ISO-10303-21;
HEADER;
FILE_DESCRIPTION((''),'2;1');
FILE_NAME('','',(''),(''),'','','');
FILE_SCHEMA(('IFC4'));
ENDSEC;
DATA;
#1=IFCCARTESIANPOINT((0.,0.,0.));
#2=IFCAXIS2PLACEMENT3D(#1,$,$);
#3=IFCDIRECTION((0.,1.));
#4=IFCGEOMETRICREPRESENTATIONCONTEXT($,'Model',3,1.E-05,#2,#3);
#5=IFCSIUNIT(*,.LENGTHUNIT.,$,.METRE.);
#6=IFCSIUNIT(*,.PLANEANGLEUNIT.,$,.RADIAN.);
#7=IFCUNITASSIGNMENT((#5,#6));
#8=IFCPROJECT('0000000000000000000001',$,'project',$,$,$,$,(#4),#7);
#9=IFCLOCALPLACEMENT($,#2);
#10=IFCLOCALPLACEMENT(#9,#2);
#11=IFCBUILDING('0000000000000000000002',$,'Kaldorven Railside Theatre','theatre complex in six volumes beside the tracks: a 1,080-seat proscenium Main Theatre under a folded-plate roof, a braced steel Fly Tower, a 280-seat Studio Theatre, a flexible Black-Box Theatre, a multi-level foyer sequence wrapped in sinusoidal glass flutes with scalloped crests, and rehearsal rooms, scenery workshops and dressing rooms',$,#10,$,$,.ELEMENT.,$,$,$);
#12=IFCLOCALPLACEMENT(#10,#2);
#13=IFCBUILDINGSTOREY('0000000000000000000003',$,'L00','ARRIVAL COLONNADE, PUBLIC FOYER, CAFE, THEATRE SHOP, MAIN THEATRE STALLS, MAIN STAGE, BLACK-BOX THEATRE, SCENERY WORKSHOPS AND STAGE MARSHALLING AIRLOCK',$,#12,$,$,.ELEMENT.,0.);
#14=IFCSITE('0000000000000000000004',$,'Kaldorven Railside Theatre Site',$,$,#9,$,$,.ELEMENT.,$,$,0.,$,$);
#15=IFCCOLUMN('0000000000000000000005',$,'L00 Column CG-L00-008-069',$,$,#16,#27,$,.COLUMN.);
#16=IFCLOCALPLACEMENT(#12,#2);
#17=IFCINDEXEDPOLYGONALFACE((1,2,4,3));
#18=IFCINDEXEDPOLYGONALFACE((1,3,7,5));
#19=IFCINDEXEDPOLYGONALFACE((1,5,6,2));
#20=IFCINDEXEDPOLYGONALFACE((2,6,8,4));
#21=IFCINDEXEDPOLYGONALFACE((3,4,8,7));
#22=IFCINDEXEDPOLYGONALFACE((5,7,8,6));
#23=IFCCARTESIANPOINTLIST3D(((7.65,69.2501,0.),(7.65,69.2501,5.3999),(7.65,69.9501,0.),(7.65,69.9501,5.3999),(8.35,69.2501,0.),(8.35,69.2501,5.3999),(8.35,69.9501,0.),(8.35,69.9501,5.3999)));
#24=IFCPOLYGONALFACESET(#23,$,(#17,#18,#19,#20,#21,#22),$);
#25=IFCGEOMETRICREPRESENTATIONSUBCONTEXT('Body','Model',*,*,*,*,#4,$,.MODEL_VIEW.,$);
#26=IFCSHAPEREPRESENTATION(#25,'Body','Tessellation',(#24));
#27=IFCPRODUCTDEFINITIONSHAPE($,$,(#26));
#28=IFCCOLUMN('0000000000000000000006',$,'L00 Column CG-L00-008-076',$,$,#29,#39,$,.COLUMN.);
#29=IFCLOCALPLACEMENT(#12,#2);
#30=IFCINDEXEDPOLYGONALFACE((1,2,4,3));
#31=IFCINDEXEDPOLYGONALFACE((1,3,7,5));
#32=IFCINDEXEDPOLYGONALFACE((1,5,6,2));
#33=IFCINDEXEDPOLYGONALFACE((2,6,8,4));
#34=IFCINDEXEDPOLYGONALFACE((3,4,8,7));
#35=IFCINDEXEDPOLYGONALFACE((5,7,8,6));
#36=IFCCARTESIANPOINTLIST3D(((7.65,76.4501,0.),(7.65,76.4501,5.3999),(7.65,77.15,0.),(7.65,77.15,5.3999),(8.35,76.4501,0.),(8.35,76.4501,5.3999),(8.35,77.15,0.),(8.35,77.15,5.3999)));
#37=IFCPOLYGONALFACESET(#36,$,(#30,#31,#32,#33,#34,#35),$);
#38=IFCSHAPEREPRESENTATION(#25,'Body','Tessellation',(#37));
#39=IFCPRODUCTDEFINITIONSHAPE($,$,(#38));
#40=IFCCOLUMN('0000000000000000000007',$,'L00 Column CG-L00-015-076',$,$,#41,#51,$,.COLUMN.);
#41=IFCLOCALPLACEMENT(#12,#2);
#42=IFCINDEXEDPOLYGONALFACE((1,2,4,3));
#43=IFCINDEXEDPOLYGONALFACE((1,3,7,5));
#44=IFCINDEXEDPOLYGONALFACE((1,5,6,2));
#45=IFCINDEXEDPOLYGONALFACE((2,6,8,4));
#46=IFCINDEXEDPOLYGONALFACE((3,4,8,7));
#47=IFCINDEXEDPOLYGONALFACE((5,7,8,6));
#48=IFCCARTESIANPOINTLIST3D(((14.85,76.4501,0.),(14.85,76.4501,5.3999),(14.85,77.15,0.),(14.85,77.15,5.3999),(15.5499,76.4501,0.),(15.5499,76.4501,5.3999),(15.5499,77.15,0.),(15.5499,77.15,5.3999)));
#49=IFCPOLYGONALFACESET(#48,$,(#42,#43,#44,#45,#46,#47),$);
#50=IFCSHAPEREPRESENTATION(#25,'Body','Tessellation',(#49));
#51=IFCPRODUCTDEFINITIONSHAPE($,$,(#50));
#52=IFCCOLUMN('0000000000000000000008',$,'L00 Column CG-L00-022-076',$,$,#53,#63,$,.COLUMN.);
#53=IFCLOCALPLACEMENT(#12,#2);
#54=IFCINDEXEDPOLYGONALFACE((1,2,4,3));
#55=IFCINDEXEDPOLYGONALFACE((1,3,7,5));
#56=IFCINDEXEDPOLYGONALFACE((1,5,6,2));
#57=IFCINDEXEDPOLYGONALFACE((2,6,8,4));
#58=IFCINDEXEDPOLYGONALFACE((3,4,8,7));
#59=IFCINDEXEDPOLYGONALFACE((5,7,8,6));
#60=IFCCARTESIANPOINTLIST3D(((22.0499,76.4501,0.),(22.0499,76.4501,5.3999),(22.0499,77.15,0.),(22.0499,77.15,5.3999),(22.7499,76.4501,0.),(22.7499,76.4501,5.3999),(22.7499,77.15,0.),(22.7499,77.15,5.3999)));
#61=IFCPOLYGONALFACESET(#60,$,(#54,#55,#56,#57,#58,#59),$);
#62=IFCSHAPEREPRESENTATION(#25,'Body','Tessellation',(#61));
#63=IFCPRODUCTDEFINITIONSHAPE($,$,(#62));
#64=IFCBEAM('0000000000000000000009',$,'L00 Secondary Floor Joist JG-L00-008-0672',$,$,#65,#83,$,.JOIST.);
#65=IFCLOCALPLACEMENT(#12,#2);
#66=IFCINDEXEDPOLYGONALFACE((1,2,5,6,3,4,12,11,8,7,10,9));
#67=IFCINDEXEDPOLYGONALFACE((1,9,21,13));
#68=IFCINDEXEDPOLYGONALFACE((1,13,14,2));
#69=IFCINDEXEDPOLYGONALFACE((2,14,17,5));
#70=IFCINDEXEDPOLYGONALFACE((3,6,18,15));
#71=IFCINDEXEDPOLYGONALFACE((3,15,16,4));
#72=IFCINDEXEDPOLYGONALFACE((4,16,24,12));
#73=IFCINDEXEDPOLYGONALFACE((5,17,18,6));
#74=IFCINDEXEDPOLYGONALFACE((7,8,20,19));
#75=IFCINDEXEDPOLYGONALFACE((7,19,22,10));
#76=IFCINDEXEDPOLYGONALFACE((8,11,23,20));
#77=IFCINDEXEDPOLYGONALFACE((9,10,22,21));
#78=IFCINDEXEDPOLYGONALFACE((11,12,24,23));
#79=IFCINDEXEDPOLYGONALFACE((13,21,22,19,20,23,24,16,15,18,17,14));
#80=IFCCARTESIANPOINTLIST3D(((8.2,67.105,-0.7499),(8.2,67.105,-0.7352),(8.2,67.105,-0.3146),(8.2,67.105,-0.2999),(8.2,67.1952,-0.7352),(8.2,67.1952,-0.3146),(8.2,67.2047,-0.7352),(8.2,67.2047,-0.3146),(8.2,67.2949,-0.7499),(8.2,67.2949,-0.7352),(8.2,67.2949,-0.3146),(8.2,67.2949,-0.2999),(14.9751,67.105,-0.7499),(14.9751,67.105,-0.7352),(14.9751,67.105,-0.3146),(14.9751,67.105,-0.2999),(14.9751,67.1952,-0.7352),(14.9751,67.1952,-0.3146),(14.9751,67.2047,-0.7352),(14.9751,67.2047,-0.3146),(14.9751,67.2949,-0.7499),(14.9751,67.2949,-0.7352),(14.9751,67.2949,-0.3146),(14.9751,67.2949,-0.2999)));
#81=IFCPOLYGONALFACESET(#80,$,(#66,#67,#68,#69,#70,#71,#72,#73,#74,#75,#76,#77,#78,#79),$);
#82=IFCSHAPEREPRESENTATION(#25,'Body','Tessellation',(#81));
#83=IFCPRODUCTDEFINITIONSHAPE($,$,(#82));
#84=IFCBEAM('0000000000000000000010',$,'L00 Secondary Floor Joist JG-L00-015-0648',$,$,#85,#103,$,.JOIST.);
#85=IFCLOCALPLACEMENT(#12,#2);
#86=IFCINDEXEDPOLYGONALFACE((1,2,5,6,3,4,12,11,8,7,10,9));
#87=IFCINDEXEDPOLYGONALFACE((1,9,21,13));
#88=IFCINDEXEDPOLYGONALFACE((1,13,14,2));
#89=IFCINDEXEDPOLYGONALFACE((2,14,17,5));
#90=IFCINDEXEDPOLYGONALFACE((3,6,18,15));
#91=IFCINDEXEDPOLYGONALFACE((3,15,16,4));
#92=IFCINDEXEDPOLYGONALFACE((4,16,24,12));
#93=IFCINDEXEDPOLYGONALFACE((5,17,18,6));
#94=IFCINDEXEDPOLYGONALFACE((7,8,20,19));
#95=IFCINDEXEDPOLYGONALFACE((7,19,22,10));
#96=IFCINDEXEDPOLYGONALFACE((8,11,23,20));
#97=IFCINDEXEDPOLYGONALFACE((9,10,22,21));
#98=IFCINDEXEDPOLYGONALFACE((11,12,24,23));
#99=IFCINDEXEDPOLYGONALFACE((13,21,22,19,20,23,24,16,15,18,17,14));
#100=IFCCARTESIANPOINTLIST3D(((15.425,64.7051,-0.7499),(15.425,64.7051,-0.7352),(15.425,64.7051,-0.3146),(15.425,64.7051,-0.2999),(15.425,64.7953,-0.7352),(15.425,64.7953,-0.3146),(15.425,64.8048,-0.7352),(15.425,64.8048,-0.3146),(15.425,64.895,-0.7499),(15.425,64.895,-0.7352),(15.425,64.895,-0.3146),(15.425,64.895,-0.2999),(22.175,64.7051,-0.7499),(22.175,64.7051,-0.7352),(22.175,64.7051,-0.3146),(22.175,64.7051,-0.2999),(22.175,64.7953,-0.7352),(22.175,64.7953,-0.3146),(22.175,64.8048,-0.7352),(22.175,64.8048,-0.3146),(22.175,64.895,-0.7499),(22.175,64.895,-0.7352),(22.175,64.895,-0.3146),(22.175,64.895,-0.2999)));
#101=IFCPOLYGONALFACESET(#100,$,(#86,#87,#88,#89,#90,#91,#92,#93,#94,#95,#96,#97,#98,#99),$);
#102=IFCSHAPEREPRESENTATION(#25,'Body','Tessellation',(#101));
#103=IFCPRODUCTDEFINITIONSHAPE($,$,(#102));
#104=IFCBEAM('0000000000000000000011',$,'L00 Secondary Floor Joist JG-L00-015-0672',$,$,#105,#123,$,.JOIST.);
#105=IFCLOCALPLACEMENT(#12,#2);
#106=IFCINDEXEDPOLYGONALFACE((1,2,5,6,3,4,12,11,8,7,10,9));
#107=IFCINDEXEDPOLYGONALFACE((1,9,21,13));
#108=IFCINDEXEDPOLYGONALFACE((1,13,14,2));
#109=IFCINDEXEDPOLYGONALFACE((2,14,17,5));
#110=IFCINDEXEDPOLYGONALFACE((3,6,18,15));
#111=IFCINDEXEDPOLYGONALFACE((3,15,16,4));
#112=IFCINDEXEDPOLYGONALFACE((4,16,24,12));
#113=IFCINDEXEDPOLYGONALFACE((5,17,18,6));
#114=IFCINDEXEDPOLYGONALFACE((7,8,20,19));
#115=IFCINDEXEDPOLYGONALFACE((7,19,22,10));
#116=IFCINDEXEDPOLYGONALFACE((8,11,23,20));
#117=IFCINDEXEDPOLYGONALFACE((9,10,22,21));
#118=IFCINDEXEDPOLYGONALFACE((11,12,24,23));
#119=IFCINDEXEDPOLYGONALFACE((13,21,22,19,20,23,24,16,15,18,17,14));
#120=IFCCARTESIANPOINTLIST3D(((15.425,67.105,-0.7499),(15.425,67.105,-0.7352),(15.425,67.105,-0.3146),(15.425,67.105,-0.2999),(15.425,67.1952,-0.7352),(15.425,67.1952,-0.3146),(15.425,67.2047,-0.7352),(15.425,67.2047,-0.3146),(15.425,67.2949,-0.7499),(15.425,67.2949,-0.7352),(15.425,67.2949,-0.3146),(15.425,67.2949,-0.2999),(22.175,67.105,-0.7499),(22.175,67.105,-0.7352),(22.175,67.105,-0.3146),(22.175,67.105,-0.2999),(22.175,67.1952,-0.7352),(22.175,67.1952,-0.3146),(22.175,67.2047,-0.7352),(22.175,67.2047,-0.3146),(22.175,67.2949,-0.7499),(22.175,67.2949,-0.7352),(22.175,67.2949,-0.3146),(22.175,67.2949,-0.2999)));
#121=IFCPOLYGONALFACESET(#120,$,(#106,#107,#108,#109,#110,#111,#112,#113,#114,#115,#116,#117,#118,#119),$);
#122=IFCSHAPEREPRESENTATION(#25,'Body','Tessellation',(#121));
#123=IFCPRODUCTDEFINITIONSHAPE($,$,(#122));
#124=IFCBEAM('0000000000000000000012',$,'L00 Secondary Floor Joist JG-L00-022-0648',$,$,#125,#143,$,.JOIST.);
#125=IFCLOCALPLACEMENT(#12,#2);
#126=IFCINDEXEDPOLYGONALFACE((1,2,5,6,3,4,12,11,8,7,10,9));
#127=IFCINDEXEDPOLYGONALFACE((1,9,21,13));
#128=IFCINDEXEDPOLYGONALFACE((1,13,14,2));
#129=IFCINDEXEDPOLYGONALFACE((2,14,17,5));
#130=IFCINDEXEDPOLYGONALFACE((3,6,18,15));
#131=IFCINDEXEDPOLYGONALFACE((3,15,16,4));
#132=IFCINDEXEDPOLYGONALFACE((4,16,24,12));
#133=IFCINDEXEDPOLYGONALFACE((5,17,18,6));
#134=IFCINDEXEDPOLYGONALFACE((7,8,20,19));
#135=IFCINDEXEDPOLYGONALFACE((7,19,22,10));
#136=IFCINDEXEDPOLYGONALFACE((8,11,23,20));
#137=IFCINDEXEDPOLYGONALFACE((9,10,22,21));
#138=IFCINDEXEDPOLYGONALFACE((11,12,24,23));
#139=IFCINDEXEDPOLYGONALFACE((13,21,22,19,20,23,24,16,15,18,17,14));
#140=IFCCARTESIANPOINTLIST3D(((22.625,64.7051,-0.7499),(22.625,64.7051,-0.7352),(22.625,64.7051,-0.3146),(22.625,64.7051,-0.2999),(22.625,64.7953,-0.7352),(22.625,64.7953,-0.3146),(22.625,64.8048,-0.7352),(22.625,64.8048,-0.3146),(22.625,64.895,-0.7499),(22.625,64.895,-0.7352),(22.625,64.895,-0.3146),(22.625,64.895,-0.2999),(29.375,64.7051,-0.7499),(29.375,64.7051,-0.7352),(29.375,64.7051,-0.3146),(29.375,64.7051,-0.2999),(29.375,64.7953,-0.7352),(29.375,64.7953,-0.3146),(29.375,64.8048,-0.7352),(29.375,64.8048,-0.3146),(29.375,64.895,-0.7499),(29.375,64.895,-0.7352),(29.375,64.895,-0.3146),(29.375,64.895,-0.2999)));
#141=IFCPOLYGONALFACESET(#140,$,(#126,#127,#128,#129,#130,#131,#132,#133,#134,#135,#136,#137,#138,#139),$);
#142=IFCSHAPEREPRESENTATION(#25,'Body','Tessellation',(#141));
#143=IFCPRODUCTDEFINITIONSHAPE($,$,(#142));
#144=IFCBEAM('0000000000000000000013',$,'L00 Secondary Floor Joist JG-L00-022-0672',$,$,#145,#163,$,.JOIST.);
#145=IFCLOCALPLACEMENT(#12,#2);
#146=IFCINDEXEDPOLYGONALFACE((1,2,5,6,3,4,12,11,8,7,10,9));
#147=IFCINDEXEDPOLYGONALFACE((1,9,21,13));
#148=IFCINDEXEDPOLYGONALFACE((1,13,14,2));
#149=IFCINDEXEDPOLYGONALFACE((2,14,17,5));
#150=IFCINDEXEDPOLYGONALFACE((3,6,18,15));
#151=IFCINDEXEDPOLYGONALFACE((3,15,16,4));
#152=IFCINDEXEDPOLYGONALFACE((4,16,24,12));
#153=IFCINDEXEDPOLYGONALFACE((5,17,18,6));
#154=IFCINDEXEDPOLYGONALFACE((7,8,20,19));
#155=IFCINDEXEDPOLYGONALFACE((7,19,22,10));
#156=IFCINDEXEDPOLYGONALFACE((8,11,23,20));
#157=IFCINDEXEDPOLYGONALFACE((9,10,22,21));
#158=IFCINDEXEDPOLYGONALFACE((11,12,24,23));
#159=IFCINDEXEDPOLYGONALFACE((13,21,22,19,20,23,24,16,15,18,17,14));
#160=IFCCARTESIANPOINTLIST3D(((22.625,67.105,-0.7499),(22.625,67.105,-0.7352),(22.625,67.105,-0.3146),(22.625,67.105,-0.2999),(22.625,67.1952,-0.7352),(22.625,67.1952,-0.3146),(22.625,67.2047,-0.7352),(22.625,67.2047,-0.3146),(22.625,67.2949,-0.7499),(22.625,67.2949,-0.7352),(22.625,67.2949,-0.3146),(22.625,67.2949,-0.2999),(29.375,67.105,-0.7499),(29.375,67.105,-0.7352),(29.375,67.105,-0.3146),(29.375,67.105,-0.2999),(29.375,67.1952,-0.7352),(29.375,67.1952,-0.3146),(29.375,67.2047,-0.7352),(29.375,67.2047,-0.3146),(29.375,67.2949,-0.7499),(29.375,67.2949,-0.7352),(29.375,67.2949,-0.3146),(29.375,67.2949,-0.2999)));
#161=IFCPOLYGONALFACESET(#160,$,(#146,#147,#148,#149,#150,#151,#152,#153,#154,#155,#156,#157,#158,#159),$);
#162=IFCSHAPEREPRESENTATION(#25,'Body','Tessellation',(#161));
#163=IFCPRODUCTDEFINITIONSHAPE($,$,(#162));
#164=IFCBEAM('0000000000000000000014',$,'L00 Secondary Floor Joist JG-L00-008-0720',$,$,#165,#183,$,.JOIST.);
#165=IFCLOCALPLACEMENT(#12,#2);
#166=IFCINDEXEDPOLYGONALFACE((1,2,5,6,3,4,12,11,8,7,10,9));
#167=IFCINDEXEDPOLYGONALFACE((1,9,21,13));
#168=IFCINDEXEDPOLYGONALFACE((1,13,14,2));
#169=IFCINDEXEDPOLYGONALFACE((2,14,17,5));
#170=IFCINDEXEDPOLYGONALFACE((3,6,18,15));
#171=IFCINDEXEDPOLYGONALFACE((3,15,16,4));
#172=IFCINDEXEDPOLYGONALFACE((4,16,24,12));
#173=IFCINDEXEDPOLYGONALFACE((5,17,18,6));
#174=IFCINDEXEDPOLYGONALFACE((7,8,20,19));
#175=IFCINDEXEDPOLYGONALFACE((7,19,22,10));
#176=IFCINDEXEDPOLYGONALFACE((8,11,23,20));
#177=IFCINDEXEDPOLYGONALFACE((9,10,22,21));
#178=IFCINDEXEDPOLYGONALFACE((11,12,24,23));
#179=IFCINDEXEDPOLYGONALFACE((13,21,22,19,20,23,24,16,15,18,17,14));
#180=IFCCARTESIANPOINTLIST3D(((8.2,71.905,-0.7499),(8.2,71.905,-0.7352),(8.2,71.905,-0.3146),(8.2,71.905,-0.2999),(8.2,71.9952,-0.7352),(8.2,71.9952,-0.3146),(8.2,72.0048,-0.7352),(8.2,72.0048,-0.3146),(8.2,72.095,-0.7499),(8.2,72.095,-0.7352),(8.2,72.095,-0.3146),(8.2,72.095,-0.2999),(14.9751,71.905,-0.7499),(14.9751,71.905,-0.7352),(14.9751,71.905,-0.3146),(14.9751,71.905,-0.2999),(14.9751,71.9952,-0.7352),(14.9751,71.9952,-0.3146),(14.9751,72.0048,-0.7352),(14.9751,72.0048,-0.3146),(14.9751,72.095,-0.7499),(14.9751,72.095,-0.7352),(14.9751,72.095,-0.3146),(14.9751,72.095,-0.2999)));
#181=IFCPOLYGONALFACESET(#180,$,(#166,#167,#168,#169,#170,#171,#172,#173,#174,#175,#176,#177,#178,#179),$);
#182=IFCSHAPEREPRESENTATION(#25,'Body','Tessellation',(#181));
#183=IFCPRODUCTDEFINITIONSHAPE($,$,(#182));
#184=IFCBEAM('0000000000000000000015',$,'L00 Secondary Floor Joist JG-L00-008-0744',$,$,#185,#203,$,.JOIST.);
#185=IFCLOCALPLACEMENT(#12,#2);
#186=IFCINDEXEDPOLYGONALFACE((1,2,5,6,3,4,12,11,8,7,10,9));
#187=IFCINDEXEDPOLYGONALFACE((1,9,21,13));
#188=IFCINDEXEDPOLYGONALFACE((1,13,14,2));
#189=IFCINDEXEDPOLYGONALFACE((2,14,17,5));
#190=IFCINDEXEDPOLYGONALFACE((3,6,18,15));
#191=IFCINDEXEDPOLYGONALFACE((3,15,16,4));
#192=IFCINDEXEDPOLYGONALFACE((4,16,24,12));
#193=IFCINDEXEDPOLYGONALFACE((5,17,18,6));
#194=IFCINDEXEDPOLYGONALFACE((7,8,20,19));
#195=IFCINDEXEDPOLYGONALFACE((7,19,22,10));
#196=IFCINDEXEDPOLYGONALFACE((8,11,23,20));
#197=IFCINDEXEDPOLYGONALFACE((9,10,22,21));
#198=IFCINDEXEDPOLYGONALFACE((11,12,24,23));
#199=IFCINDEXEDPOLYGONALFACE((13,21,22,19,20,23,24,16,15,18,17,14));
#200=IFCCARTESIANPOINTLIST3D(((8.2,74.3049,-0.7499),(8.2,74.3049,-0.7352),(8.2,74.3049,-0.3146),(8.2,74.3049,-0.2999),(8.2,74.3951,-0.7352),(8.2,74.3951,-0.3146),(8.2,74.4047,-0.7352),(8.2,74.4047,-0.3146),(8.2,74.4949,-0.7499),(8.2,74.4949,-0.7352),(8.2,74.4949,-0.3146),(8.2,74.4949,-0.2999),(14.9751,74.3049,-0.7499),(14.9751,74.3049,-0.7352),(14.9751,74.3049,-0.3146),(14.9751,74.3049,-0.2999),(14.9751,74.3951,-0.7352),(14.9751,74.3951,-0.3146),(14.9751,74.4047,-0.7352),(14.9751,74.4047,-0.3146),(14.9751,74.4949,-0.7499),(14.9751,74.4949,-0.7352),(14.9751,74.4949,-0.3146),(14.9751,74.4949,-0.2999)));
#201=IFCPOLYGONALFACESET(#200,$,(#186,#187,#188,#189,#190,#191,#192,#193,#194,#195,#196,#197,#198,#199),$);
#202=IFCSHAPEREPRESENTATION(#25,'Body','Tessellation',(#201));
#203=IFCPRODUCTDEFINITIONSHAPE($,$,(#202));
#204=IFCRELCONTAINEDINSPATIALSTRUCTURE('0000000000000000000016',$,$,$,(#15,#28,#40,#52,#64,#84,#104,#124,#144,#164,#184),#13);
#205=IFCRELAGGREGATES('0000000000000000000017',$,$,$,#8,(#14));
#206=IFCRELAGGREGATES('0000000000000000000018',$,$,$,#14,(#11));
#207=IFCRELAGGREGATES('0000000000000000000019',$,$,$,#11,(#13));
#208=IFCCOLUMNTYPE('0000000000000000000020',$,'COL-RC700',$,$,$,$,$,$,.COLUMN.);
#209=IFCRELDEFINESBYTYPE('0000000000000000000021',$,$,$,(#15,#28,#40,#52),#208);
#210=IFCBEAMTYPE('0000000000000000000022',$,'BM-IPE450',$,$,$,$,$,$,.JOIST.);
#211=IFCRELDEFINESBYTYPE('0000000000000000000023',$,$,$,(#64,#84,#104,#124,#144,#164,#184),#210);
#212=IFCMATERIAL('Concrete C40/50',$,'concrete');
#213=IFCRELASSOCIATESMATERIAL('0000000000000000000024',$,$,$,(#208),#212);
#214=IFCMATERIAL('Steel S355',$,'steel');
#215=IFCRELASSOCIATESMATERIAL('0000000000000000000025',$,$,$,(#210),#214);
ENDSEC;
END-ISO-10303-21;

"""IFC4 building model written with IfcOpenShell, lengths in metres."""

from ifc_helpers import new_model, si_unit, direction, frame, origin, origin_2d, place, context, subcontext, project, spatial, rectangle, i_section, extrude, material, material_profile, profile_set, type_object, element, save


model = new_model("IFC4")

# Units and contexts
model_context = context("Model", 3, precision=1e-05, world=origin(), true_north=direction((0.0, 1.0)))
body_context = subcontext(model_context, "Body", "Model", "MODEL_VIEW")
ifc_project = project(units=[si_unit("LENGTHUNIT", "METRE"), si_unit("PLANEANGLEUNIT", "RADIAN")], contexts=[model_context])

# Site, building, storey
site_placement = place(None, origin())
site = spatial("IfcSite", under=ifc_project, at=site_placement, Name="Kaldorven Railside Theatre Site", CompositionType="ELEMENT", RefElevation=0.0)
building_placement = place(site_placement, origin())
building = spatial("IfcBuilding", under=site, at=building_placement, Name="Kaldorven Railside Theatre", Description="theatre complex in six volumes beside the tracks: a 1,080-seat proscenium Main Theatre under a folded-plate roof, a braced steel Fly Tower, a 280-seat Studio Theatre, a flexible Black-Box Theatre, a multi-level foyer sequence wrapped in sinusoidal glass flutes with scalloped crests, and rehearsal rooms, scenery workshops and dressing rooms", CompositionType="ELEMENT")
storey_placement = place(building_placement, origin())
storey = spatial("IfcBuildingStorey", under=building, at=storey_placement, Name="L00", Description="ARRIVAL COLONNADE, PUBLIC FOYER, CAFE, THEATRE SHOP, MAIN THEATRE STALLS, MAIN STAGE, BLACK-BOX THEATRE, SCENERY WORKSHOPS AND STAGE MARSHALLING AIRLOCK", CompositionType="ELEMENT", Elevation=0.0)

# Columns
ifc_material_1 = material(Name="Concrete C40/50", Category="concrete")
ifc_material_profile_1 = material_profile(ifc_material_1, rectangle(XDim=0.7, YDim=0.7, at=origin_2d()), Name="RC 700x700")
ifc_profile_set_1 = profile_set([ifc_material_profile_1], Name="Concrete C40/50")
column_type = type_object("IfcColumnType", Name="COL-RC700", PredefinedType="COLUMN", material=ifc_profile_set_1)
for number, where, z_axis, x_axis, name in (
    (1, (8.0, 69.6001, 0.0), (0.0, 0.0, 1.0), (0.0, 1.0, 0.0), "L00 Column CG-L00-008-069"),
    (2, (8.0, 76.8, 0.0), (0.0, 0.0, 1.0), (1.0, 0.0, 0.0), "L00 Column CG-L00-008-076"),
    (3, (15.2, 76.8, 0.0), (0.0, 0.0, 1.0), (1.0, 0.0, 0.0), "L00 Column CG-L00-015-076"),
    (4, (22.3999, 76.8, 0.0), (0.0, 0.0, 1.0), (0.0, 1.0, 0.0), "L00 Column CG-L00-022-076"),
):
    element("IfcColumn", number, at=place(storey_placement, frame(where, z_axis=z_axis, x_axis=x_axis)), inside=storey, type_object=column_type, Name=name, PredefinedType="COLUMN", context=body_context, shape_type="SweptSolid", body=[
        extrude(rectangle(XDim=0.7, YDim=0.7, at=origin_2d()), origin(), (0.0, 0.0, 1.0), 5.3999),
    ])

# Beams
ifc_material_2 = material(Name="Steel S355", Category="steel")
ifc_material_profile_2 = material_profile(ifc_material_2, i_section(OverallWidth=0.1899, OverallDepth=0.45, WebThickness=0.0095, FlangeThickness=0.0146, at=origin_2d()), Name="IPE 450")
ifc_profile_set_2 = profile_set([ifc_material_profile_2], Name="Steel S355")
beam_type_1 = type_object("IfcBeamType", Name="BM-IPE450", PredefinedType="JOIST", material=ifc_profile_set_2)
beam_1_placement = place(storey_placement, frame((8.2, 67.2, -0.5249), z_axis=(1.0, 0.0, 0.0), x_axis=(0.0, 1.0, 0.0)))
element("IfcBeam", 5, at=beam_1_placement, inside=storey, type_object=beam_type_1, Name="L00 Secondary Floor Joist JG-L00-008-0672", PredefinedType="JOIST", context=body_context, shape_type="SweptSolid", body=[
    extrude(i_section(OverallWidth=0.1899, OverallDepth=0.45, WebThickness=0.0095, FlangeThickness=0.0146, at=origin_2d()), origin(), (0.0, 0.0, 1.0), 6.7751),
])
for number, where, z_axis, x_axis, name in (
    (6, (15.425, 64.8, -0.5249), (1.0, 0.0, 0.0), (0.0, 1.0, 0.0), "L00 Secondary Floor Joist JG-L00-015-0648"),
    (7, (15.425, 67.2, -0.5249), (1.0, 0.0, 0.0), (0.0, 1.0, 0.0), "L00 Secondary Floor Joist JG-L00-015-0672"),
    (8, (22.625, 64.8, -0.5249), (1.0, 0.0, 0.0), (0.0, 1.0, 0.0), "L00 Secondary Floor Joist JG-L00-022-0648"),
    (9, (22.625, 67.2, -0.5249), (1.0, 0.0, 0.0), (0.0, 1.0, 0.0), "L00 Secondary Floor Joist JG-L00-022-0672"),
):
    element("IfcBeam", number, at=place(storey_placement, frame(where, z_axis=z_axis, x_axis=x_axis)), inside=storey, type_object=beam_type_1, Name=name, PredefinedType="JOIST", context=body_context, shape_type="SweptSolid", body=[
        extrude(i_section(OverallWidth=0.1899, OverallDepth=0.45, WebThickness=0.0095, FlangeThickness=0.0146, at=origin_2d()), origin(), (0.0, 0.0, 1.0), 6.75),
    ])
for number, where, z_axis, x_axis, name in (
    (10, (8.2, 72.0, -0.5249), (1.0, 0.0, 0.0), (0.0, 1.0, 0.0), "L00 Secondary Floor Joist JG-L00-008-0720"),
    (11, (8.2, 74.3999, -0.5249), (1.0, 0.0, 0.0), (0.0, 1.0, 0.0), "L00 Secondary Floor Joist JG-L00-008-0744"),
):
    element("IfcBeam", number, at=place(storey_placement, frame(where, z_axis=z_axis, x_axis=x_axis)), inside=storey, type_object=beam_type_1, Name=name, PredefinedType="JOIST", context=body_context, shape_type="SweptSolid", body=[
        extrude(i_section(OverallWidth=0.1899, OverallDepth=0.45, WebThickness=0.0095, FlangeThickness=0.0146, at=origin_2d()), origin(), (0.0, 0.0, 1.0), 6.7751),
    ])

save(model, "model.ifc")
